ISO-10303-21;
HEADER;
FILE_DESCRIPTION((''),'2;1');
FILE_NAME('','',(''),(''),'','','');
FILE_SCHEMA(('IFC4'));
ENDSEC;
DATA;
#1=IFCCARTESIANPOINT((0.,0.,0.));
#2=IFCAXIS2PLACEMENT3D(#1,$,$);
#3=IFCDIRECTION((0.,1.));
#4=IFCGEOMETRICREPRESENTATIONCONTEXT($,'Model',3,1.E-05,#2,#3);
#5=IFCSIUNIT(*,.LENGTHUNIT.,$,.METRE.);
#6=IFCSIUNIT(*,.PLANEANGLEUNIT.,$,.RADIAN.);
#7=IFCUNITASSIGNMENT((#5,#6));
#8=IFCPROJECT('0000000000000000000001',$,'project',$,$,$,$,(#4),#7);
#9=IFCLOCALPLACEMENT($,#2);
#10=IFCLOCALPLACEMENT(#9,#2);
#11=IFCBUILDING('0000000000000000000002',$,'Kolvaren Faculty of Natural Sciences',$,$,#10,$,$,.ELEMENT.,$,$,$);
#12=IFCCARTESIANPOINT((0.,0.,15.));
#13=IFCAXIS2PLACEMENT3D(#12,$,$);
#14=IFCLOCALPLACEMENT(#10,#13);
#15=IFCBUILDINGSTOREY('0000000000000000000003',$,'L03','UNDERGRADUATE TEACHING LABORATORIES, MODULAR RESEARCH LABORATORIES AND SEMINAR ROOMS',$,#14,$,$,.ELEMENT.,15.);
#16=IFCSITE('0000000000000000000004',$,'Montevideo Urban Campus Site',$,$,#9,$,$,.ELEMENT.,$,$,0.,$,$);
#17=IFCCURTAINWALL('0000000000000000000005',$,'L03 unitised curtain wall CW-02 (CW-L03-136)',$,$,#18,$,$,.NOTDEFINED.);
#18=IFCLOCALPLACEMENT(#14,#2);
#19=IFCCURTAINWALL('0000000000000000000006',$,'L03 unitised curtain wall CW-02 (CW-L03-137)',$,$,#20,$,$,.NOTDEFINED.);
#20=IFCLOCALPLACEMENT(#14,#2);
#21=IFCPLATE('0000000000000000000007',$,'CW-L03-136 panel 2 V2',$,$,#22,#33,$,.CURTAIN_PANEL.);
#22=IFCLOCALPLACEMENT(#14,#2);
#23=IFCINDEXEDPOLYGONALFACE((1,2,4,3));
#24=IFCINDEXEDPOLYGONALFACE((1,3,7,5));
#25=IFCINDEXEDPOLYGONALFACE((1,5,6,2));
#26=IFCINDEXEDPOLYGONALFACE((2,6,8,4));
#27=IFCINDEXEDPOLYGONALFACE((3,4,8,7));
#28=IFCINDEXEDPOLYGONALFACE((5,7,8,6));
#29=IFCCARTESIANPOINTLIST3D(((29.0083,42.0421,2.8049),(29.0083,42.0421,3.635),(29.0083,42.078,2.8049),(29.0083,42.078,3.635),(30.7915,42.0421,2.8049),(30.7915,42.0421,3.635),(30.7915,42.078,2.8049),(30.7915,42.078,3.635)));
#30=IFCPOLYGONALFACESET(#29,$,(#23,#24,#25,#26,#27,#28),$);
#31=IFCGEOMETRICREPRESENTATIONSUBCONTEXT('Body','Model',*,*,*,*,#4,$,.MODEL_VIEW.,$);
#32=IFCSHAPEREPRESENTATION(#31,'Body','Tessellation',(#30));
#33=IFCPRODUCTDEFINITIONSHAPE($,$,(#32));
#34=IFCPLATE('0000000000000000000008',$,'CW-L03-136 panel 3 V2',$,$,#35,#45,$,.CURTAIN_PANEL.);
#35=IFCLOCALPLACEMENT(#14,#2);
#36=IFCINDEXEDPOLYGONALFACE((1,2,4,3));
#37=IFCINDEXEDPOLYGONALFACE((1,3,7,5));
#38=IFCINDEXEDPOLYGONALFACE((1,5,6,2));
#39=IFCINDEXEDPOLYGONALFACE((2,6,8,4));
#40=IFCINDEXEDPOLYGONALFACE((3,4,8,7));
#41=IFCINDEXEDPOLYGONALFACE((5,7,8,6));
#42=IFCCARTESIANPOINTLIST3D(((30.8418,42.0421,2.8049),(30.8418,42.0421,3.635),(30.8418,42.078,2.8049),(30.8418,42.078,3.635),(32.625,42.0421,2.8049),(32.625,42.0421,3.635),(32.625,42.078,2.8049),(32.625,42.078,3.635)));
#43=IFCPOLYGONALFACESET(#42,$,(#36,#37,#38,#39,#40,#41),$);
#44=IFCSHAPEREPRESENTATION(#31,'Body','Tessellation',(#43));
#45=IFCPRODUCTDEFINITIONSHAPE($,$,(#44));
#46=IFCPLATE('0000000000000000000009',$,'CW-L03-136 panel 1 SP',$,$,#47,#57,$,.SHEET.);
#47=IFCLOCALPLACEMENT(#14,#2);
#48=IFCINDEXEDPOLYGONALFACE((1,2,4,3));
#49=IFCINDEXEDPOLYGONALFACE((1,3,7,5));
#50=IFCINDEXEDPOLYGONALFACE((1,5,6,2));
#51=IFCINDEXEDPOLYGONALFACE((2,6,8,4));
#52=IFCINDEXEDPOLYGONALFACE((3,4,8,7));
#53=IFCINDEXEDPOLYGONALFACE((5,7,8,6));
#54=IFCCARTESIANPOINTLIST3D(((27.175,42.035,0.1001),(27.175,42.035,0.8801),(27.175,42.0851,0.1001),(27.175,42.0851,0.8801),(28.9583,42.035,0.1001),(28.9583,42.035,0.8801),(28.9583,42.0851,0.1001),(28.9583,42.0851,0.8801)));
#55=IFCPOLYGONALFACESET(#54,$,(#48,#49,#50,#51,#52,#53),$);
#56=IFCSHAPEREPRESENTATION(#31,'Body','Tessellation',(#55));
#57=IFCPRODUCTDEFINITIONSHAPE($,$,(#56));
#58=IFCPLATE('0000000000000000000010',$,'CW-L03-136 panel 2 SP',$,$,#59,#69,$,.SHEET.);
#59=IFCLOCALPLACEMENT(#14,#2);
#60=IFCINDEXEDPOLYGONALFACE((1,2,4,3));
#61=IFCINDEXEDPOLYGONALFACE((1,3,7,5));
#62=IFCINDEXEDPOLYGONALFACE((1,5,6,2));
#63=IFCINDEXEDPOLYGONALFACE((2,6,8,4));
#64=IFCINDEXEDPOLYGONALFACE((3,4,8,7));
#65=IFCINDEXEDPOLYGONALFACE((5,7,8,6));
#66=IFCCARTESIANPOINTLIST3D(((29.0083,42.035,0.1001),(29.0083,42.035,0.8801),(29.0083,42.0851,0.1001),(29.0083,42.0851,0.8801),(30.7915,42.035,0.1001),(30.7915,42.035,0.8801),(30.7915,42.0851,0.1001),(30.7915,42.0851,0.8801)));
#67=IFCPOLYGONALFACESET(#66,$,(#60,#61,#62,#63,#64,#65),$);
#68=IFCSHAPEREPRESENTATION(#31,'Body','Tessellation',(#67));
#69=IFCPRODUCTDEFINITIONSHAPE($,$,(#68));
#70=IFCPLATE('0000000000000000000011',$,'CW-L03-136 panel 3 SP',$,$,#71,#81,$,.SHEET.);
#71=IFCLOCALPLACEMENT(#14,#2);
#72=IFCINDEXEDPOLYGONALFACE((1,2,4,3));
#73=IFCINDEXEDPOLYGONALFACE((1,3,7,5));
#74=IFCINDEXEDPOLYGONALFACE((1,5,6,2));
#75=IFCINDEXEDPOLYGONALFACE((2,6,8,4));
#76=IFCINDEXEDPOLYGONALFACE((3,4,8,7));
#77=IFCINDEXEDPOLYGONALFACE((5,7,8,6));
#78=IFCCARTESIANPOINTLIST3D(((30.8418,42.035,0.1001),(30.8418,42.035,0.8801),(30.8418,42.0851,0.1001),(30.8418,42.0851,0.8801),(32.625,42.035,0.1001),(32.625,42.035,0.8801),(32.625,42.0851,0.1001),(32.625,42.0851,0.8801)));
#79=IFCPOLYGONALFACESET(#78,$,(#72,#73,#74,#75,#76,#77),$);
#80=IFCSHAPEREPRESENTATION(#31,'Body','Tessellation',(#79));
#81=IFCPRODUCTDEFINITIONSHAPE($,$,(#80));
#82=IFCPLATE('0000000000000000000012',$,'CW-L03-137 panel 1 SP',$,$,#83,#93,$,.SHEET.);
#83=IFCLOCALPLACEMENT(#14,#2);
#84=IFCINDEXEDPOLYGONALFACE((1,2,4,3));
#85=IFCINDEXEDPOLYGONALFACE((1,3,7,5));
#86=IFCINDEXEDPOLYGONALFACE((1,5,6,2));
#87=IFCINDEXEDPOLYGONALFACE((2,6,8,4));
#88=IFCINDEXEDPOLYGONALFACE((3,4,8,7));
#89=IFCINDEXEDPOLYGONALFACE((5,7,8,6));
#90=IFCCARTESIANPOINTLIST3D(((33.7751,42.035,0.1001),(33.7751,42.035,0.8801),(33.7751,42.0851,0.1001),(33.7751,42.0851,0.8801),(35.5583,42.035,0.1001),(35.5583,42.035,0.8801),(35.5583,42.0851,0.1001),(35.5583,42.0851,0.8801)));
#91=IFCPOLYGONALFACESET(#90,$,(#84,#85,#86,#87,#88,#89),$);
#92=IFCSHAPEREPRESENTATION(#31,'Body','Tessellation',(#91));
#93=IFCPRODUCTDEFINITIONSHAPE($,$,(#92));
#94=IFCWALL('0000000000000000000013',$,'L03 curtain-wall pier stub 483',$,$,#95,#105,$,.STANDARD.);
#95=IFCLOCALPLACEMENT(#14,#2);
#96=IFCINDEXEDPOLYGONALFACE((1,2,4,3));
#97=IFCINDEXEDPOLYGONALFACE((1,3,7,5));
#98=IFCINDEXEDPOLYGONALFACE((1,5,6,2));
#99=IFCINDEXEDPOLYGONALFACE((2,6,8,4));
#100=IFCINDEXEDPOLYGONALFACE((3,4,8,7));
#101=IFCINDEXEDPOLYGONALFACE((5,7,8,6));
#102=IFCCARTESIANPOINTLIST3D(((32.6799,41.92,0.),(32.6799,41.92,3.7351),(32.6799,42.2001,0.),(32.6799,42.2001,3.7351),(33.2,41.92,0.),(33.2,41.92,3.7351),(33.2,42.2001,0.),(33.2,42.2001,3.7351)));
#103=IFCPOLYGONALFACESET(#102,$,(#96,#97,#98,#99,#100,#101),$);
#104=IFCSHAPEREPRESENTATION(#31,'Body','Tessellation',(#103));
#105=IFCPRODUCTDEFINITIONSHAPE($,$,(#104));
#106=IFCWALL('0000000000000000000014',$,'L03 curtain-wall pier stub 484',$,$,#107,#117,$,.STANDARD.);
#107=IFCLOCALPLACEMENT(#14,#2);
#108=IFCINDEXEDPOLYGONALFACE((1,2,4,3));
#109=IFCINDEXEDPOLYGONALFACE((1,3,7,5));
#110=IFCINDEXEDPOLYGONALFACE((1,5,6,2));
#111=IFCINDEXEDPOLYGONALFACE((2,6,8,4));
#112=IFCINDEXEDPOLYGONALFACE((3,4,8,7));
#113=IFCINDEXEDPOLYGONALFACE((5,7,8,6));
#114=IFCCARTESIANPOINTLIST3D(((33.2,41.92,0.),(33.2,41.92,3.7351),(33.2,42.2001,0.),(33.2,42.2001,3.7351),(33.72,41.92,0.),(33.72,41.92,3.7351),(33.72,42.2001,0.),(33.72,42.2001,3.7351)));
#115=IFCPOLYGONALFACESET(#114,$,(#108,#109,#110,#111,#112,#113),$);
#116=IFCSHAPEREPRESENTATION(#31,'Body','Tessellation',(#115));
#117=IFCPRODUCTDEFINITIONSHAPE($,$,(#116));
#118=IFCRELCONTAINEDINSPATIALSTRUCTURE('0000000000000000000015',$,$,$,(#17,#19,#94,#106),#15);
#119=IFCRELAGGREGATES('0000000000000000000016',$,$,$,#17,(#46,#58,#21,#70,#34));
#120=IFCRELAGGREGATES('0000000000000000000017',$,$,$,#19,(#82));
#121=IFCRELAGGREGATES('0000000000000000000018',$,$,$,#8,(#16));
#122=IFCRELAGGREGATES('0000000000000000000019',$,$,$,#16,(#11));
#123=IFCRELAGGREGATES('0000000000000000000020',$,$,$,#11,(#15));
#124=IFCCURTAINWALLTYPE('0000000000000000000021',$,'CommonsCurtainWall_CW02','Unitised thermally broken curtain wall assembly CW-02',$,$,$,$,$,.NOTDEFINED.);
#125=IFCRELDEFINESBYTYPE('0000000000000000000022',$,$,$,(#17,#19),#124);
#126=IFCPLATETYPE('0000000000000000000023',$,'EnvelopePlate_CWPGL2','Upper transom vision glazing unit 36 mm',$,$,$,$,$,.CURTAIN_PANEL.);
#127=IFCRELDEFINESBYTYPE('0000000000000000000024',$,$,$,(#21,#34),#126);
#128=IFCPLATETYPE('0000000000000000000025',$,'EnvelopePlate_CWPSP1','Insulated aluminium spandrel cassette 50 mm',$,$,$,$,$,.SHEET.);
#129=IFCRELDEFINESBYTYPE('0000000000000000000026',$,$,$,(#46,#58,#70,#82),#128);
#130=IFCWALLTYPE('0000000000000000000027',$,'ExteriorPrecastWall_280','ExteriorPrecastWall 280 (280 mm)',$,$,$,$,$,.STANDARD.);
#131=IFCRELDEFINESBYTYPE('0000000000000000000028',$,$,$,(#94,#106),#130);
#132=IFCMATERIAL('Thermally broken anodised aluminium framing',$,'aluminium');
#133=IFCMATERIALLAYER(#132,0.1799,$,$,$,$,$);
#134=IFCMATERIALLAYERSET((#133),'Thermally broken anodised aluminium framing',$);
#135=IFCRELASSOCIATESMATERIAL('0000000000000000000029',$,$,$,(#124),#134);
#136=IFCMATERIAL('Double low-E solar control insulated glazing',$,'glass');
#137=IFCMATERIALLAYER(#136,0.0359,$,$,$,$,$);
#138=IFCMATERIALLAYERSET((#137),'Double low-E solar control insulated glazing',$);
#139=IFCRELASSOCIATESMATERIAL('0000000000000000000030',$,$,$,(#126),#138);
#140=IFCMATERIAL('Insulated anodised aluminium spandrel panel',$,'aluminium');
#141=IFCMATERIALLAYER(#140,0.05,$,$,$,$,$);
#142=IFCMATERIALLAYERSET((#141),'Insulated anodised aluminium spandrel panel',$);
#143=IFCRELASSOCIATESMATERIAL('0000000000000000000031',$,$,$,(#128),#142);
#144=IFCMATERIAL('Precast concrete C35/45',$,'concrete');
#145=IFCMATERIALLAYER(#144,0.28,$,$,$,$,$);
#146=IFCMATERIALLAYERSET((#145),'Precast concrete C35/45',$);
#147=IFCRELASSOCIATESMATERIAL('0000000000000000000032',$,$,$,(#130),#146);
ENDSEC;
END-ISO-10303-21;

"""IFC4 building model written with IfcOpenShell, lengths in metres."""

from ifc_helpers import new_model, si_unit, direction, frame, frame_2d, origin, origin_2d, place, context, subcontext, project, spatial, rectangle, extrude, material, layer, layer_set, type_object, element, aggregate, save


model = new_model("IFC4")

# Units and contexts
model_context = context("Model", 3, precision=1e-05, world=origin(), true_north=direction((0.0, 1.0)))
body_context = subcontext(model_context, "Body", "Model", "MODEL_VIEW")
ifc_project = project(units=[si_unit("LENGTHUNIT", "METRE"), si_unit("PLANEANGLEUNIT", "RADIAN")], contexts=[model_context])

# Site, building, storey
site_placement = place(None, origin())
site = spatial("IfcSite", under=ifc_project, at=site_placement, Name="Montevideo Urban Campus Site", CompositionType="ELEMENT", RefElevation=0.0)
building_placement = place(site_placement, origin())
building = spatial("IfcBuilding", under=site, at=building_placement, Name="Kolvaren Faculty of Natural Sciences", CompositionType="ELEMENT")
storey_placement = place(building_placement, frame((0.0, 0.0, 15.0)))
storey = spatial("IfcBuildingStorey", under=building, at=storey_placement, Name="L03", Description="UNDERGRADUATE TEACHING LABORATORIES, MODULAR RESEARCH LABORATORIES AND SEMINAR ROOMS", CompositionType="ELEMENT", Elevation=15.0)

# Curtain wall
ifc_material_1 = material(Name="Thermally broken anodised aluminium framing", Category="aluminium")
ifc_layer_1 = layer(ifc_material_1, 0.1799)
ifc_layer_set_1 = layer_set([ifc_layer_1], Name="Thermally broken anodised aluminium framing")
curtain_wall_type = type_object("IfcCurtainWallType", Name="CommonsCurtainWall_CW02", Description="Unitised thermally broken curtain wall assembly CW-02", PredefinedType="NOTDEFINED", material=ifc_layer_set_1)
curtain_wall_1_placement = place(storey_placement, origin())
curtain_wall_1 = element("IfcCurtainWall", 1, at=curtain_wall_1_placement, inside=storey, type_object=curtain_wall_type, Name="L03 unitised curtain wall CW-02 (CW-L03-136)", PredefinedType="NOTDEFINED")

# Curtain wall
curtain_wall_2_placement = place(storey_placement, origin())
curtain_wall_2 = element("IfcCurtainWall", 2, at=curtain_wall_2_placement, inside=storey, type_object=curtain_wall_type, Name="L03 unitised curtain wall CW-02 (CW-L03-137)", PredefinedType="NOTDEFINED")

# Plates
ifc_material_2 = material(Name="Double low-E solar control insulated glazing", Category="glass")
ifc_layer_2 = layer(ifc_material_2, 0.0359)
ifc_layer_set_2 = layer_set([ifc_layer_2], Name="Double low-E solar control insulated glazing")
plate_type_1 = type_object("IfcPlateType", Name="EnvelopePlate_CWPGL2", Description="Upper transom vision glazing unit 36 mm", PredefinedType="CURTAIN_PANEL", material=ifc_layer_set_2)
plate_1_placement = place(storey_placement, frame((29.8999, 42.0601, 2.8049), z_axis=(0.0, 0.0, 1.0), x_axis=(1.0, 0.0, 0.0)))
plate_1 = element("IfcPlate", 3, at=plate_1_placement, type_object=plate_type_1, Name="CW-L03-136 panel 2 V2", PredefinedType="CURTAIN_PANEL", context=body_context, shape_type="SweptSolid", body=[
    extrude(rectangle(XDim=1.7832, YDim=0.0359, at=origin_2d()), origin(), (0.0, 0.0, 1.0), 0.8301),
])
plate_2_placement = place(storey_placement, frame((31.7334, 42.0601, 2.8049), z_axis=(0.0, 0.0, 1.0), x_axis=(1.0, 0.0, 0.0)))
plate_2 = element("IfcPlate", 4, at=plate_2_placement, type_object=plate_type_1, Name="CW-L03-136 panel 3 V2", PredefinedType="CURTAIN_PANEL", context=body_context, shape_type="SweptSolid", body=[
    extrude(rectangle(XDim=1.7832, YDim=0.0359, at=origin_2d()), origin(), (0.0, 0.0, 1.0), 0.8301),
])
ifc_material_3 = material(Name="Insulated anodised aluminium spandrel panel", Category="aluminium")
ifc_layer_3 = layer(ifc_material_3, 0.05)
ifc_layer_set_3 = layer_set([ifc_layer_3], Name="Insulated anodised aluminium spandrel panel")
plate_type_2 = type_object("IfcPlateType", Name="EnvelopePlate_CWPSP1", Description="Insulated aluminium spandrel cassette 50 mm", PredefinedType="SHEET", material=ifc_layer_set_3)
plate_3_placement = place(storey_placement, frame((28.0667, 42.0601, 0.1001), z_axis=(0.0, 0.0, 1.0), x_axis=(1.0, 0.0, 0.0)))
plate_3 = element("IfcPlate", 5, at=plate_3_placement, type_object=plate_type_2, Name="CW-L03-136 panel 1 SP", PredefinedType="SHEET", context=body_context, shape_type="SweptSolid", body=[
    extrude(rectangle(XDim=1.7832, YDim=0.05, at=origin_2d()), origin(), (0.0, 0.0, 1.0), 0.78),
])
plate_4_placement = place(storey_placement, frame((29.8999, 42.0601, 0.1001), z_axis=(0.0, 0.0, 1.0), x_axis=(1.0, 0.0, 0.0)))
plate_4 = element("IfcPlate", 6, at=plate_4_placement, type_object=plate_type_2, Name="CW-L03-136 panel 2 SP", PredefinedType="SHEET", context=body_context, shape_type="SweptSolid", body=[
    extrude(rectangle(XDim=1.7832, YDim=0.05, at=origin_2d()), origin(), (0.0, 0.0, 1.0), 0.78),
])
plate_5_placement = place(storey_placement, frame((31.7334, 42.0601, 0.1001), z_axis=(0.0, 0.0, 1.0), x_axis=(1.0, 0.0, 0.0)))
plate_5 = element("IfcPlate", 7, at=plate_5_placement, type_object=plate_type_2, Name="CW-L03-136 panel 3 SP", PredefinedType="SHEET", context=body_context, shape_type="SweptSolid", body=[
    extrude(rectangle(XDim=1.7832, YDim=0.05, at=origin_2d()), origin(), (0.0, 0.0, 1.0), 0.78),
])
aggregate(curtain_wall_1, [plate_3, plate_4, plate_1, plate_5, plate_2])
plate_6_placement = place(storey_placement, frame((34.6667, 42.0601, 0.1001), z_axis=(0.0, 0.0, 1.0), x_axis=(1.0, 0.0, 0.0)))
plate_6 = element("IfcPlate", 8, at=plate_6_placement, type_object=plate_type_2, Name="CW-L03-137 panel 1 SP", PredefinedType="SHEET", context=body_context, shape_type="SweptSolid", body=[
    extrude(rectangle(XDim=1.7832, YDim=0.05, at=origin_2d()), origin(), (0.0, 0.0, 1.0), 0.78),
])
aggregate(curtain_wall_2, [plate_6])

# Walls
ifc_material_4 = material(Name="Precast concrete C35/45", Category="concrete")
ifc_layer_4 = layer(ifc_material_4, 0.28)
ifc_layer_set_4 = layer_set([ifc_layer_4], Name="Precast concrete C35/45")
wall_type = type_object("IfcWallType", Name="ExteriorPrecastWall_280", Description="ExteriorPrecastWall 280 (280 mm)", PredefinedType="STANDARD", material=ifc_layer_set_4)
for number, where, z_axis, x_axis, name in (
    (9, (32.6799, 42.0601, 0.0), (0.0, 0.0, 1.0), (1.0, 0.0, 0.0), "L03 curtain-wall pier stub 483"),
    (10, (33.2, 42.0601, 0.0), (0.0, 0.0, 1.0), (1.0, 0.0, 0.0), "L03 curtain-wall pier stub 484"),
):
    element("IfcWall", number, at=place(storey_placement, frame(where, z_axis=z_axis, x_axis=x_axis)), inside=storey, type_object=wall_type, Name=name, PredefinedType="STANDARD", context=body_context, shape_type="SweptSolid", body=[
        extrude(rectangle(XDim=0.52, YDim=0.28, at=frame_2d((0.26, 0.0))), origin(), (0.0, 0.0, 1.0), 3.7351),
    ])

save(model, "model.ifc")
